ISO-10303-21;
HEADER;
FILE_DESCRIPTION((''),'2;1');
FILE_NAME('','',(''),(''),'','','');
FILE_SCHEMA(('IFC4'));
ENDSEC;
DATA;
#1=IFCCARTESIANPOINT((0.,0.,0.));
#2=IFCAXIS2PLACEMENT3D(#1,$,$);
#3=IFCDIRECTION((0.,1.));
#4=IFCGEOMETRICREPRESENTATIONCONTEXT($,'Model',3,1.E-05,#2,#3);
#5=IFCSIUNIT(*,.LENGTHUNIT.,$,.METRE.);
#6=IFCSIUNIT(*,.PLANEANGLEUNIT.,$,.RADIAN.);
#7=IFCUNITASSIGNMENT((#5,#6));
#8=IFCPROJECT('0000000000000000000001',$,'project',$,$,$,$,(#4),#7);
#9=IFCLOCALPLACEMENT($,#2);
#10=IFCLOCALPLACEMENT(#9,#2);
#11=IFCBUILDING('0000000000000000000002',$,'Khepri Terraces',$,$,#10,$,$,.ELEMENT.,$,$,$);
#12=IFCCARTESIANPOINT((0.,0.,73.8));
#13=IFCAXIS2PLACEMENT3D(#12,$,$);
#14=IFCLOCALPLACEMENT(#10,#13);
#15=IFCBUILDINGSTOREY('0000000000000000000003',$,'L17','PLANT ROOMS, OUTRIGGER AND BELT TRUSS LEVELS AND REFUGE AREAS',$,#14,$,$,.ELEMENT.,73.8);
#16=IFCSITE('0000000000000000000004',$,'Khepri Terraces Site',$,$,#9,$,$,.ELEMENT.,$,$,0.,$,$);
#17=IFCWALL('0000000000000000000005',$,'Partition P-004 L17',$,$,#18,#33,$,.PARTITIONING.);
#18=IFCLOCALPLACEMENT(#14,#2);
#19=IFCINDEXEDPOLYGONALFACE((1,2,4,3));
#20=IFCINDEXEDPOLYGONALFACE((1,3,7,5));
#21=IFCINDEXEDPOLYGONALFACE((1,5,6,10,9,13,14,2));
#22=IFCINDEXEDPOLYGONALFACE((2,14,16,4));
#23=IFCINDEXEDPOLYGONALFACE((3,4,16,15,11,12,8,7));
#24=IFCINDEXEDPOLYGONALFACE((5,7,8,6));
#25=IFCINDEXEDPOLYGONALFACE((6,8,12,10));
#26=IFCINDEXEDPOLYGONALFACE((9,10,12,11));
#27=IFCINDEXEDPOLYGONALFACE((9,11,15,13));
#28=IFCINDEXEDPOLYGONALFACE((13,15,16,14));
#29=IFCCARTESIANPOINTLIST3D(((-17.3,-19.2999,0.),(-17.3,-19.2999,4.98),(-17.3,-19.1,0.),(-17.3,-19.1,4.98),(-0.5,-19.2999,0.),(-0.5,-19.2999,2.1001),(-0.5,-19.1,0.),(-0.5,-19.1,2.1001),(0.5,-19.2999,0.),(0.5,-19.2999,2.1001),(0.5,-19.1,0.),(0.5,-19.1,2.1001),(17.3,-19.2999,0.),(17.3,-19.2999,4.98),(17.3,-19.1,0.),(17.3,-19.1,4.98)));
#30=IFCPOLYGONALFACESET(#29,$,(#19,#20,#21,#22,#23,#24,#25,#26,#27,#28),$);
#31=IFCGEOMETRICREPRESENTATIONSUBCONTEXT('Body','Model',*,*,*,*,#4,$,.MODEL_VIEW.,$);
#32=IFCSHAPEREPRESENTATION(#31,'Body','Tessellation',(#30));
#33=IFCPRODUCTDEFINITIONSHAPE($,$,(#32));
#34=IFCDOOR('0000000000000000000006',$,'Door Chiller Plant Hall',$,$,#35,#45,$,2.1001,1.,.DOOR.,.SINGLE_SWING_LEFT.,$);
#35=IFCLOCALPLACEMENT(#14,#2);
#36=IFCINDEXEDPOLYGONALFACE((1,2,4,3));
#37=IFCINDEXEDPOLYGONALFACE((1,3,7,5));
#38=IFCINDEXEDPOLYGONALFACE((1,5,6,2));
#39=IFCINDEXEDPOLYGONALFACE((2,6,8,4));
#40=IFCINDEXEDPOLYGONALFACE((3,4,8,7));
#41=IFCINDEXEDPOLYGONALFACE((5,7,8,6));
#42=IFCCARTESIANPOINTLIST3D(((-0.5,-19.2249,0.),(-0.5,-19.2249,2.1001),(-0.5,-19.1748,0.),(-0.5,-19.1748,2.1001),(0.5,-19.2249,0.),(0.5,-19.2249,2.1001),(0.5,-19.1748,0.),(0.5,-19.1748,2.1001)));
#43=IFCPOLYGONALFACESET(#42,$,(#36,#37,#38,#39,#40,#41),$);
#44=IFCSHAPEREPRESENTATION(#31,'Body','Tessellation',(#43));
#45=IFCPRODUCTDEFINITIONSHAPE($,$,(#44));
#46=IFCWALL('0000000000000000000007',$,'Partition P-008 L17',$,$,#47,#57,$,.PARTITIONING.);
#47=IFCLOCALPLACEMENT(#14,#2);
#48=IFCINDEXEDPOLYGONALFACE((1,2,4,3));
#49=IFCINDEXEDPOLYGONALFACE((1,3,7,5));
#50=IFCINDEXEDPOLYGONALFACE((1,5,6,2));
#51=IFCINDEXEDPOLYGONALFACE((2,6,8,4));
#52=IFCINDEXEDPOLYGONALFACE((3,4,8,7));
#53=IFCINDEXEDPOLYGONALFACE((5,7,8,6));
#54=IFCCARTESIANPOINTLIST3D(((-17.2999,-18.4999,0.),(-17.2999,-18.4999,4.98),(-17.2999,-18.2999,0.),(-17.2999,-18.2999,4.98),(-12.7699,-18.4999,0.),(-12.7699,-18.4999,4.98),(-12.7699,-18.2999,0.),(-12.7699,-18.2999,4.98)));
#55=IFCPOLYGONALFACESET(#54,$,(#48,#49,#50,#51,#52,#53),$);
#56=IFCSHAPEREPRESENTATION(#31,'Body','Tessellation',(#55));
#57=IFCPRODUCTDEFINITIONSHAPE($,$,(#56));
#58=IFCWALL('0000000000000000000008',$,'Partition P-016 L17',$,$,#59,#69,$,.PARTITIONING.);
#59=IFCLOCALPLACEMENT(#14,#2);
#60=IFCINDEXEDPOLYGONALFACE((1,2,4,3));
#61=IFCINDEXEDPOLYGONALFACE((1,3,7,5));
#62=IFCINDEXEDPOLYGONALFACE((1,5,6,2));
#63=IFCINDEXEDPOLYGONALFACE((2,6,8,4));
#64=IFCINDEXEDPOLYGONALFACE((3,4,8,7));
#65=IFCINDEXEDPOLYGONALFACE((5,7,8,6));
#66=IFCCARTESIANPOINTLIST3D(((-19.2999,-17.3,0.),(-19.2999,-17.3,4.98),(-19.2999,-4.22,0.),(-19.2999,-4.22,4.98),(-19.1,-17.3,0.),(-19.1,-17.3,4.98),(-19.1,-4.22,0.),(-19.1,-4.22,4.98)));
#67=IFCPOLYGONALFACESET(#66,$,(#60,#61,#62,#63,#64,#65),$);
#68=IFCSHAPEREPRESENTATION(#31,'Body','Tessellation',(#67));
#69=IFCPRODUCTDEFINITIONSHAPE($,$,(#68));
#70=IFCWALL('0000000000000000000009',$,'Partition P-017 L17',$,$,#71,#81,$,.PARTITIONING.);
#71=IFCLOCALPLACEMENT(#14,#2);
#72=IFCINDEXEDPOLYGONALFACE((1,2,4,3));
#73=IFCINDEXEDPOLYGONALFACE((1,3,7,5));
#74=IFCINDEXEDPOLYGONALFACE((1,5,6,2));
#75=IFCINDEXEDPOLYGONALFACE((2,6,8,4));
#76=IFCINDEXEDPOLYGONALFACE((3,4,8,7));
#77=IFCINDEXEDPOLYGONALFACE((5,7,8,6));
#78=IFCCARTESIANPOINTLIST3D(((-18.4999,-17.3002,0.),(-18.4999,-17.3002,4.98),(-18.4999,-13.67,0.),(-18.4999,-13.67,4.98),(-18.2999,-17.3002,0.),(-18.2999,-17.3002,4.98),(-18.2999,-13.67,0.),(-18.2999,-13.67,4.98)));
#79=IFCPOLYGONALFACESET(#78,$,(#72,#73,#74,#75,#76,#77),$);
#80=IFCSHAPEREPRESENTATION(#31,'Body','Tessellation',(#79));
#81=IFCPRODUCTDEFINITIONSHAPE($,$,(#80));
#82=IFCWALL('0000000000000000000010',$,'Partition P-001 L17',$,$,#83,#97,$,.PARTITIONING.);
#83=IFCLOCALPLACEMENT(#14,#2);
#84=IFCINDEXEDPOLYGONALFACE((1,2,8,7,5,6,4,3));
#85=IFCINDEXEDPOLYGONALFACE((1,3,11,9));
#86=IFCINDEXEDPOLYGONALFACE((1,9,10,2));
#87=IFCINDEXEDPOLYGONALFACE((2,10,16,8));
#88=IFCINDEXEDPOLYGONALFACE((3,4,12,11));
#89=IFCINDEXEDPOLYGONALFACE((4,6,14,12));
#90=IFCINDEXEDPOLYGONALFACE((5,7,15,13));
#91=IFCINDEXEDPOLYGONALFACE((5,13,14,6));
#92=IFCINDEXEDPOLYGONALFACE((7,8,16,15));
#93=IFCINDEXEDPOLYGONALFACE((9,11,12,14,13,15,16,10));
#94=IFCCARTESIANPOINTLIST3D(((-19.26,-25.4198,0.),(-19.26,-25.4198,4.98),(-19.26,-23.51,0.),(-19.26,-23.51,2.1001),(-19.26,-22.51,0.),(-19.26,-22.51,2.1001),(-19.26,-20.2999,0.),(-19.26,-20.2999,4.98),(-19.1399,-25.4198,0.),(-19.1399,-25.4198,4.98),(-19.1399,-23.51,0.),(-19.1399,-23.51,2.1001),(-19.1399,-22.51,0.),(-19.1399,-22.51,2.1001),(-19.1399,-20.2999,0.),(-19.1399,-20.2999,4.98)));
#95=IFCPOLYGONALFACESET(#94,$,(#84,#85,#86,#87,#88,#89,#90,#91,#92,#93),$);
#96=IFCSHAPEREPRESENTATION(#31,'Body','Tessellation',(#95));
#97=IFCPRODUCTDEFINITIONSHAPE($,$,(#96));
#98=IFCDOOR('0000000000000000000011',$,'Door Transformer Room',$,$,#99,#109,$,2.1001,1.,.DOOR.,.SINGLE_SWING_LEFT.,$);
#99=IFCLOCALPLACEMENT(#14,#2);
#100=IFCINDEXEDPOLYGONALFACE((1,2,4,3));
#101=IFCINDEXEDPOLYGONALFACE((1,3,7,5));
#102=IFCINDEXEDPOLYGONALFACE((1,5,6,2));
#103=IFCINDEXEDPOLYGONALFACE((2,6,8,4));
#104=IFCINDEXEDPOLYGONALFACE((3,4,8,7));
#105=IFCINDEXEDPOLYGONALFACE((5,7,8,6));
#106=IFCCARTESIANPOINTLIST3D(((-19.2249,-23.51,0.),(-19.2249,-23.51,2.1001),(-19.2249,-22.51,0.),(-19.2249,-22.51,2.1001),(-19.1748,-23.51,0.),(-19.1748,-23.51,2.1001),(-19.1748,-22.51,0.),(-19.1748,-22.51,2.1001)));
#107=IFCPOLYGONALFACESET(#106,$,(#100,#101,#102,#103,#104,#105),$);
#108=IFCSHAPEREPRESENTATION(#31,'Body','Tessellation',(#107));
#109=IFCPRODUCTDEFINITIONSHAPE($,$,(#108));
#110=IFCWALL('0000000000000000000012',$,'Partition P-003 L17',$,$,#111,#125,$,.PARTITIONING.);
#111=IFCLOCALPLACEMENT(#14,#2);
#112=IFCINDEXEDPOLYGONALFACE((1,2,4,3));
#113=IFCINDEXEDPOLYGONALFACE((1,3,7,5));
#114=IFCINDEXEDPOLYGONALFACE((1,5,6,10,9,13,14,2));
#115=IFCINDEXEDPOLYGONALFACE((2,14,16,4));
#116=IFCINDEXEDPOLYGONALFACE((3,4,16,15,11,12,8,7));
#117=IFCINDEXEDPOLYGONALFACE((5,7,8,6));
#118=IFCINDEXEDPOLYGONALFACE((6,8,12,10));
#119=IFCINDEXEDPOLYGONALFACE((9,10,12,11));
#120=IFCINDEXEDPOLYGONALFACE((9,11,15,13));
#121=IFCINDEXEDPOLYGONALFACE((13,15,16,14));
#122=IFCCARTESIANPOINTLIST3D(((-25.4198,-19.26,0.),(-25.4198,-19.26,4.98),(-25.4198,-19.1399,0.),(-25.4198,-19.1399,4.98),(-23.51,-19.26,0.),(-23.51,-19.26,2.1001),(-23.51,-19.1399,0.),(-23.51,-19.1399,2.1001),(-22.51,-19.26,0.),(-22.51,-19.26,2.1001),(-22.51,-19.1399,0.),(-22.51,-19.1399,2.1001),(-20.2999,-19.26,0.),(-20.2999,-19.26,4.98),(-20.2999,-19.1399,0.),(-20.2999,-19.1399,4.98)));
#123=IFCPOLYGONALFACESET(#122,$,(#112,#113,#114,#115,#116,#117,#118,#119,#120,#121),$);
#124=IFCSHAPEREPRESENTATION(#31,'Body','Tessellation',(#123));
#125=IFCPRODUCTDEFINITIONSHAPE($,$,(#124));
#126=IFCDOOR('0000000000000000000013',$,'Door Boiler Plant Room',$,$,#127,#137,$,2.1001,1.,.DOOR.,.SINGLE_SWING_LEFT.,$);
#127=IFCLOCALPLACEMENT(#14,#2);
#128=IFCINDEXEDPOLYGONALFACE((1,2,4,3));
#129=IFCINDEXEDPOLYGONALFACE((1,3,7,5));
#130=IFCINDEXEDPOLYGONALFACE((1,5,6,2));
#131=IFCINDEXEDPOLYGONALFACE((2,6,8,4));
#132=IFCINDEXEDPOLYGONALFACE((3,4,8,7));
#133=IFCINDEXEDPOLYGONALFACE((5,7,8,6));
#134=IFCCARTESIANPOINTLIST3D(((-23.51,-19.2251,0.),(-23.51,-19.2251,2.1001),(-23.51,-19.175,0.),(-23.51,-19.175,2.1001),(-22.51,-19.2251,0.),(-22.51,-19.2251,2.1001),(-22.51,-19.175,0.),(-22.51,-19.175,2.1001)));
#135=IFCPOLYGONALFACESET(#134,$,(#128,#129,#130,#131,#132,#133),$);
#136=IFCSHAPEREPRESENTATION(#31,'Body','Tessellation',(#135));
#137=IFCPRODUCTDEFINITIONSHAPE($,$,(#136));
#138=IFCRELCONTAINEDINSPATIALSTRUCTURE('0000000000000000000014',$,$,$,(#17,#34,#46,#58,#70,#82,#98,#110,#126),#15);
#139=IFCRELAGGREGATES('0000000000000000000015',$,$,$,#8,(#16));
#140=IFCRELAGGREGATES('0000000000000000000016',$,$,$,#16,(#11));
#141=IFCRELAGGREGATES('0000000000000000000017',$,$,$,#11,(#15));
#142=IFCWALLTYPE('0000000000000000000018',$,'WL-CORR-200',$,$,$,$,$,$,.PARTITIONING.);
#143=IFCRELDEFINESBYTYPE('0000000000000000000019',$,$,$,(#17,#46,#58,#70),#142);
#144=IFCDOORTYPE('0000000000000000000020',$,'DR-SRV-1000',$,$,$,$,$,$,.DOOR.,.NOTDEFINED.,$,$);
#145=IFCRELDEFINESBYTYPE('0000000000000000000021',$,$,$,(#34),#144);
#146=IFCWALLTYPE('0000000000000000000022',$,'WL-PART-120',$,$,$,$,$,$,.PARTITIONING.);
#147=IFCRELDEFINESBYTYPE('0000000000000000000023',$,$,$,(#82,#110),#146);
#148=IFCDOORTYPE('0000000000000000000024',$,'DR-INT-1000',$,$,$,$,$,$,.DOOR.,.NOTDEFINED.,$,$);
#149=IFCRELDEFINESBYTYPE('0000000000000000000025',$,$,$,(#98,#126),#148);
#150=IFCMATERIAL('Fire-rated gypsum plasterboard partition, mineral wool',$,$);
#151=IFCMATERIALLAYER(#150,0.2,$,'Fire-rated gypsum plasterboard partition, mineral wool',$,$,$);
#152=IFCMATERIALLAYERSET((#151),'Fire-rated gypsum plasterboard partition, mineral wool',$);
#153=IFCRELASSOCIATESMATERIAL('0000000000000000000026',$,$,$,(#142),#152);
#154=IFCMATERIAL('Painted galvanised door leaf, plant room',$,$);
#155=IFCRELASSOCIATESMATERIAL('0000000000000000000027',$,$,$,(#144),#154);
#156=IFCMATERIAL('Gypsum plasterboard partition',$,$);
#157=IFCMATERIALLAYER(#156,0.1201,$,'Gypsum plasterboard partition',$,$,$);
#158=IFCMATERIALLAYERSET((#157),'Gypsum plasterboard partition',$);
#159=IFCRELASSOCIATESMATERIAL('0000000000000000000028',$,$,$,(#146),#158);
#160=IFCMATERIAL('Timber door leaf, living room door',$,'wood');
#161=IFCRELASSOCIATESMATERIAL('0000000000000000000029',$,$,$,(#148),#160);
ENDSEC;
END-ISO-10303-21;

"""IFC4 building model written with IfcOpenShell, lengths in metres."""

from ifc_helpers import new_model, si_unit, direction, frame, frame_2d, origin, place, context, subcontext, project, spatial, rectangle, extrude, material, layer, layer_set, type_object, element, fill, save


model = new_model("IFC4")

# Units and contexts
model_context = context("Model", 3, precision=1e-05, world=origin(), true_north=direction((0.0, 1.0)))
body_context = subcontext(model_context, "Body", "Model", "MODEL_VIEW")
ifc_project = project(units=[si_unit("LENGTHUNIT", "METRE"), si_unit("PLANEANGLEUNIT", "RADIAN")], contexts=[model_context])

# Site, building, storey
site_placement = place(None, origin())
site = spatial("IfcSite", under=ifc_project, at=site_placement, Name="Khepri Terraces Site", CompositionType="ELEMENT", RefElevation=0.0)
building_placement = place(site_placement, origin())
building = spatial("IfcBuilding", under=site, at=building_placement, Name="Khepri Terraces", CompositionType="ELEMENT")
storey_placement = place(building_placement, frame((0.0, 0.0, 73.8)))
storey = spatial("IfcBuildingStorey", under=building, at=storey_placement, Name="L17", Description="PLANT ROOMS, OUTRIGGER AND BELT TRUSS LEVELS AND REFUGE AREAS", CompositionType="ELEMENT", Elevation=73.8)

# Wall, opening, door
ifc_material_1 = material(Name="Fire-rated gypsum plasterboard partition, mineral wool")
ifc_layer_1 = layer(ifc_material_1, 0.2, Name="Fire-rated gypsum plasterboard partition, mineral wool")
ifc_layer_set_1 = layer_set([ifc_layer_1], Name="Fire-rated gypsum plasterboard partition, mineral wool")
wall_type_1 = type_object("IfcWallType", Name="WL-CORR-200", PredefinedType="PARTITIONING", material=ifc_layer_set_1)
wall_1_placement = place(storey_placement, frame((-17.3, -19.2, 0.0), z_axis=(0.0, 0.0, 1.0), x_axis=(1.0, 0.0, 0.0)))
wall_1 = element("IfcWall", 1, at=wall_1_placement, inside=storey, type_object=wall_type_1, Name="Partition P-004 L17", PredefinedType="PARTITIONING", context=body_context, shape_type="SweptSolid", body=[
    extrude(rectangle(XDim=34.6001, YDim=0.2, at=frame_2d((17.3, 0.0))), origin(), (0.0, 0.0, 1.0), 4.98),
])
opening_1_placement = place(wall_1_placement, frame((16.8, 0.0, 0.0)))
opening_1 = element("IfcOpeningElement", 2, at=opening_1_placement, cuts=wall_1, PredefinedType="OPENING", context=body_context, shape_type="SweptSolid", body=[
    extrude(rectangle(XDim=1.0, YDim=2.1001, at=frame_2d((0.5, 1.05))), frame((0.0, 0.1099, 0.0), z_axis=(0.0, -1.0, 0.0), x_axis=(1.0, 0.0, 0.0)), (0.0, 0.0, 1.0), 0.22),
])
ifc_material_2 = material(Name="Painted galvanised door leaf, plant room")
door_type_1 = type_object("IfcDoorType", Name="DR-SRV-1000", OperationType="NOTDEFINED", PredefinedType="DOOR", material=ifc_material_2)
door_1_placement = place(opening_1_placement, frame((1.0, 0.0, 0.0), z_axis=(0.0, 0.0, 1.0), x_axis=(-1.0, 0.0, 0.0)))
door_1 = element("IfcDoor", 3, at=door_1_placement, inside=storey, type_object=door_type_1, Name="Door Chiller Plant Hall", OperationType="SINGLE_SWING_LEFT", OverallHeight=2.1001, OverallWidth=1.0, PredefinedType="DOOR", context=body_context, shape_type="SweptSolid", body=[
    extrude(rectangle(XDim=1.0, YDim=2.1001, at=frame_2d((0.5, 1.05))), frame((0.0, 0.0249, 0.0), z_axis=(0.0, -1.0, 0.0), x_axis=(1.0, 0.0, 0.0)), (0.0, 0.0, 1.0), 0.05),
])
fill(opening_1, door_1)

# Walls
wall_2_placement = place(storey_placement, frame((-17.3, -18.3999, 0.0), z_axis=(0.0, 0.0, 1.0), x_axis=(1.0, 0.0, 0.0)))
element("IfcWall", 4, at=wall_2_placement, inside=storey, type_object=wall_type_1, Name="Partition P-008 L17", PredefinedType="PARTITIONING", context=body_context, shape_type="SweptSolid", body=[
    extrude(rectangle(XDim=4.53, YDim=0.2, at=frame_2d((2.2651, 0.0))), origin(), (0.0, 0.0, 1.0), 4.98),
])
wall_3_placement = place(storey_placement, frame((-19.2, -17.3, 0.0), z_axis=(0.0, 0.0, 1.0), x_axis=(0.0, 1.0, 0.0)))
element("IfcWall", 5, at=wall_3_placement, inside=storey, type_object=wall_type_1, Name="Partition P-016 L17", PredefinedType="PARTITIONING", context=body_context, shape_type="SweptSolid", body=[
    extrude(rectangle(XDim=13.0801, YDim=0.2, at=frame_2d((6.54, 0.0))), origin(), (0.0, 0.0, 1.0), 4.98),
])
wall_4_placement = place(storey_placement, frame((-18.3999, -17.3, 0.0), z_axis=(0.0, 0.0, 1.0), x_axis=(0.0, 1.0, 0.0)))
element("IfcWall", 6, at=wall_4_placement, inside=storey, type_object=wall_type_1, Name="Partition P-017 L17", PredefinedType="PARTITIONING", context=body_context, shape_type="SweptSolid", body=[
    extrude(rectangle(XDim=3.6301, YDim=0.2, at=frame_2d((1.8149, 0.0))), origin(), (0.0, 0.0, 1.0), 4.98),
])

# Walls, openings, doors
ifc_material_3 = material(Name="Gypsum plasterboard partition")
ifc_layer_2 = layer(ifc_material_3, 0.1201, Name="Gypsum plasterboard partition")
ifc_layer_set_2 = layer_set([ifc_layer_2], Name="Gypsum plasterboard partition")
wall_type_2 = type_object("IfcWallType", Name="WL-PART-120", PredefinedType="PARTITIONING", material=ifc_layer_set_2)
wall_5_placement = place(storey_placement, frame((-19.2, -25.4199, 0.0), z_axis=(0.0, 0.0, 1.0), x_axis=(0.0, 1.0, 0.0)))
wall_5 = element("IfcWall", 7, at=wall_5_placement, inside=storey, type_object=wall_type_2, Name="Partition P-001 L17", PredefinedType="PARTITIONING", context=body_context, shape_type="SweptSolid", body=[
    extrude(rectangle(XDim=5.1199, YDim=0.1201, at=frame_2d((2.5601, 0.0))), origin(), (0.0, 0.0, 1.0), 4.98),
])
opening_2_placement = place(wall_5_placement, frame((1.9099, 0.0, 0.0)))
opening_2 = element("IfcOpeningElement", 8, at=opening_2_placement, cuts=wall_5, PredefinedType="OPENING", context=body_context, shape_type="SweptSolid", body=[
    extrude(rectangle(XDim=1.0, YDim=2.1001, at=frame_2d((0.5, 1.05))), frame((0.0, 0.0701, 0.0), z_axis=(0.0, -1.0, 0.0), x_axis=(1.0, 0.0, 0.0)), (0.0, 0.0, 1.0), 0.1401),
])
ifc_material_4 = material(Name="Timber door leaf, living room door", Category="wood")
door_type_2 = type_object("IfcDoorType", Name="DR-INT-1000", OperationType="NOTDEFINED", PredefinedType="DOOR", material=ifc_material_4)
door_2_placement = place(opening_2_placement, origin())
door_2 = element("IfcDoor", 9, at=door_2_placement, inside=storey, type_object=door_type_2, Name="Door Transformer Room", OperationType="SINGLE_SWING_LEFT", OverallHeight=2.1001, OverallWidth=1.0, PredefinedType="DOOR", context=body_context, shape_type="SweptSolid", body=[
    extrude(rectangle(XDim=1.0, YDim=2.1001, at=frame_2d((0.5, 1.05))), frame((0.0, 0.0249, 0.0), z_axis=(0.0, -1.0, 0.0), x_axis=(1.0, 0.0, 0.0)), (0.0, 0.0, 1.0), 0.05),
])
fill(opening_2, door_2)
wall_6_placement = place(storey_placement, frame((-25.4199, -19.2, 0.0), z_axis=(0.0, 0.0, 1.0), x_axis=(1.0, 0.0, 0.0)))
wall_6 = element("IfcWall", 10, at=wall_6_placement, inside=storey, type_object=wall_type_2, Name="Partition P-003 L17", PredefinedType="PARTITIONING", context=body_context, shape_type="SweptSolid", body=[
    extrude(rectangle(XDim=5.1199, YDim=0.1201, at=frame_2d((2.5601, 0.0))), origin(), (0.0, 0.0, 1.0), 4.98),
])
opening_3_placement = place(wall_6_placement, frame((1.9099, 0.0, 0.0)))
opening_3 = element("IfcOpeningElement", 11, at=opening_3_placement, cuts=wall_6, PredefinedType="OPENING", context=body_context, shape_type="SweptSolid", body=[
    extrude(rectangle(XDim=1.0, YDim=2.1001, at=frame_2d((0.5, 1.05))), frame((0.0, 0.0701, 0.0), z_axis=(0.0, -1.0, 0.0), x_axis=(1.0, 0.0, 0.0)), (0.0, 0.0, 1.0), 0.1401),
])
door_3_placement = place(opening_3_placement, origin())
door_3 = element("IfcDoor", 12, at=door_3_placement, inside=storey, type_object=door_type_2, Name="Door Boiler Plant Room", OperationType="SINGLE_SWING_LEFT", OverallHeight=2.1001, OverallWidth=1.0, PredefinedType="DOOR", context=body_context, shape_type="SweptSolid", body=[
    extrude(rectangle(XDim=1.0, YDim=2.1001, at=frame_2d((0.5, 1.05))), frame((0.0, 0.0249, 0.0), z_axis=(0.0, -1.0, 0.0), x_axis=(1.0, 0.0, 0.0)), (0.0, 0.0, 1.0), 0.05),
])
fill(opening_3, door_3)

save(model, "model.ifc")
